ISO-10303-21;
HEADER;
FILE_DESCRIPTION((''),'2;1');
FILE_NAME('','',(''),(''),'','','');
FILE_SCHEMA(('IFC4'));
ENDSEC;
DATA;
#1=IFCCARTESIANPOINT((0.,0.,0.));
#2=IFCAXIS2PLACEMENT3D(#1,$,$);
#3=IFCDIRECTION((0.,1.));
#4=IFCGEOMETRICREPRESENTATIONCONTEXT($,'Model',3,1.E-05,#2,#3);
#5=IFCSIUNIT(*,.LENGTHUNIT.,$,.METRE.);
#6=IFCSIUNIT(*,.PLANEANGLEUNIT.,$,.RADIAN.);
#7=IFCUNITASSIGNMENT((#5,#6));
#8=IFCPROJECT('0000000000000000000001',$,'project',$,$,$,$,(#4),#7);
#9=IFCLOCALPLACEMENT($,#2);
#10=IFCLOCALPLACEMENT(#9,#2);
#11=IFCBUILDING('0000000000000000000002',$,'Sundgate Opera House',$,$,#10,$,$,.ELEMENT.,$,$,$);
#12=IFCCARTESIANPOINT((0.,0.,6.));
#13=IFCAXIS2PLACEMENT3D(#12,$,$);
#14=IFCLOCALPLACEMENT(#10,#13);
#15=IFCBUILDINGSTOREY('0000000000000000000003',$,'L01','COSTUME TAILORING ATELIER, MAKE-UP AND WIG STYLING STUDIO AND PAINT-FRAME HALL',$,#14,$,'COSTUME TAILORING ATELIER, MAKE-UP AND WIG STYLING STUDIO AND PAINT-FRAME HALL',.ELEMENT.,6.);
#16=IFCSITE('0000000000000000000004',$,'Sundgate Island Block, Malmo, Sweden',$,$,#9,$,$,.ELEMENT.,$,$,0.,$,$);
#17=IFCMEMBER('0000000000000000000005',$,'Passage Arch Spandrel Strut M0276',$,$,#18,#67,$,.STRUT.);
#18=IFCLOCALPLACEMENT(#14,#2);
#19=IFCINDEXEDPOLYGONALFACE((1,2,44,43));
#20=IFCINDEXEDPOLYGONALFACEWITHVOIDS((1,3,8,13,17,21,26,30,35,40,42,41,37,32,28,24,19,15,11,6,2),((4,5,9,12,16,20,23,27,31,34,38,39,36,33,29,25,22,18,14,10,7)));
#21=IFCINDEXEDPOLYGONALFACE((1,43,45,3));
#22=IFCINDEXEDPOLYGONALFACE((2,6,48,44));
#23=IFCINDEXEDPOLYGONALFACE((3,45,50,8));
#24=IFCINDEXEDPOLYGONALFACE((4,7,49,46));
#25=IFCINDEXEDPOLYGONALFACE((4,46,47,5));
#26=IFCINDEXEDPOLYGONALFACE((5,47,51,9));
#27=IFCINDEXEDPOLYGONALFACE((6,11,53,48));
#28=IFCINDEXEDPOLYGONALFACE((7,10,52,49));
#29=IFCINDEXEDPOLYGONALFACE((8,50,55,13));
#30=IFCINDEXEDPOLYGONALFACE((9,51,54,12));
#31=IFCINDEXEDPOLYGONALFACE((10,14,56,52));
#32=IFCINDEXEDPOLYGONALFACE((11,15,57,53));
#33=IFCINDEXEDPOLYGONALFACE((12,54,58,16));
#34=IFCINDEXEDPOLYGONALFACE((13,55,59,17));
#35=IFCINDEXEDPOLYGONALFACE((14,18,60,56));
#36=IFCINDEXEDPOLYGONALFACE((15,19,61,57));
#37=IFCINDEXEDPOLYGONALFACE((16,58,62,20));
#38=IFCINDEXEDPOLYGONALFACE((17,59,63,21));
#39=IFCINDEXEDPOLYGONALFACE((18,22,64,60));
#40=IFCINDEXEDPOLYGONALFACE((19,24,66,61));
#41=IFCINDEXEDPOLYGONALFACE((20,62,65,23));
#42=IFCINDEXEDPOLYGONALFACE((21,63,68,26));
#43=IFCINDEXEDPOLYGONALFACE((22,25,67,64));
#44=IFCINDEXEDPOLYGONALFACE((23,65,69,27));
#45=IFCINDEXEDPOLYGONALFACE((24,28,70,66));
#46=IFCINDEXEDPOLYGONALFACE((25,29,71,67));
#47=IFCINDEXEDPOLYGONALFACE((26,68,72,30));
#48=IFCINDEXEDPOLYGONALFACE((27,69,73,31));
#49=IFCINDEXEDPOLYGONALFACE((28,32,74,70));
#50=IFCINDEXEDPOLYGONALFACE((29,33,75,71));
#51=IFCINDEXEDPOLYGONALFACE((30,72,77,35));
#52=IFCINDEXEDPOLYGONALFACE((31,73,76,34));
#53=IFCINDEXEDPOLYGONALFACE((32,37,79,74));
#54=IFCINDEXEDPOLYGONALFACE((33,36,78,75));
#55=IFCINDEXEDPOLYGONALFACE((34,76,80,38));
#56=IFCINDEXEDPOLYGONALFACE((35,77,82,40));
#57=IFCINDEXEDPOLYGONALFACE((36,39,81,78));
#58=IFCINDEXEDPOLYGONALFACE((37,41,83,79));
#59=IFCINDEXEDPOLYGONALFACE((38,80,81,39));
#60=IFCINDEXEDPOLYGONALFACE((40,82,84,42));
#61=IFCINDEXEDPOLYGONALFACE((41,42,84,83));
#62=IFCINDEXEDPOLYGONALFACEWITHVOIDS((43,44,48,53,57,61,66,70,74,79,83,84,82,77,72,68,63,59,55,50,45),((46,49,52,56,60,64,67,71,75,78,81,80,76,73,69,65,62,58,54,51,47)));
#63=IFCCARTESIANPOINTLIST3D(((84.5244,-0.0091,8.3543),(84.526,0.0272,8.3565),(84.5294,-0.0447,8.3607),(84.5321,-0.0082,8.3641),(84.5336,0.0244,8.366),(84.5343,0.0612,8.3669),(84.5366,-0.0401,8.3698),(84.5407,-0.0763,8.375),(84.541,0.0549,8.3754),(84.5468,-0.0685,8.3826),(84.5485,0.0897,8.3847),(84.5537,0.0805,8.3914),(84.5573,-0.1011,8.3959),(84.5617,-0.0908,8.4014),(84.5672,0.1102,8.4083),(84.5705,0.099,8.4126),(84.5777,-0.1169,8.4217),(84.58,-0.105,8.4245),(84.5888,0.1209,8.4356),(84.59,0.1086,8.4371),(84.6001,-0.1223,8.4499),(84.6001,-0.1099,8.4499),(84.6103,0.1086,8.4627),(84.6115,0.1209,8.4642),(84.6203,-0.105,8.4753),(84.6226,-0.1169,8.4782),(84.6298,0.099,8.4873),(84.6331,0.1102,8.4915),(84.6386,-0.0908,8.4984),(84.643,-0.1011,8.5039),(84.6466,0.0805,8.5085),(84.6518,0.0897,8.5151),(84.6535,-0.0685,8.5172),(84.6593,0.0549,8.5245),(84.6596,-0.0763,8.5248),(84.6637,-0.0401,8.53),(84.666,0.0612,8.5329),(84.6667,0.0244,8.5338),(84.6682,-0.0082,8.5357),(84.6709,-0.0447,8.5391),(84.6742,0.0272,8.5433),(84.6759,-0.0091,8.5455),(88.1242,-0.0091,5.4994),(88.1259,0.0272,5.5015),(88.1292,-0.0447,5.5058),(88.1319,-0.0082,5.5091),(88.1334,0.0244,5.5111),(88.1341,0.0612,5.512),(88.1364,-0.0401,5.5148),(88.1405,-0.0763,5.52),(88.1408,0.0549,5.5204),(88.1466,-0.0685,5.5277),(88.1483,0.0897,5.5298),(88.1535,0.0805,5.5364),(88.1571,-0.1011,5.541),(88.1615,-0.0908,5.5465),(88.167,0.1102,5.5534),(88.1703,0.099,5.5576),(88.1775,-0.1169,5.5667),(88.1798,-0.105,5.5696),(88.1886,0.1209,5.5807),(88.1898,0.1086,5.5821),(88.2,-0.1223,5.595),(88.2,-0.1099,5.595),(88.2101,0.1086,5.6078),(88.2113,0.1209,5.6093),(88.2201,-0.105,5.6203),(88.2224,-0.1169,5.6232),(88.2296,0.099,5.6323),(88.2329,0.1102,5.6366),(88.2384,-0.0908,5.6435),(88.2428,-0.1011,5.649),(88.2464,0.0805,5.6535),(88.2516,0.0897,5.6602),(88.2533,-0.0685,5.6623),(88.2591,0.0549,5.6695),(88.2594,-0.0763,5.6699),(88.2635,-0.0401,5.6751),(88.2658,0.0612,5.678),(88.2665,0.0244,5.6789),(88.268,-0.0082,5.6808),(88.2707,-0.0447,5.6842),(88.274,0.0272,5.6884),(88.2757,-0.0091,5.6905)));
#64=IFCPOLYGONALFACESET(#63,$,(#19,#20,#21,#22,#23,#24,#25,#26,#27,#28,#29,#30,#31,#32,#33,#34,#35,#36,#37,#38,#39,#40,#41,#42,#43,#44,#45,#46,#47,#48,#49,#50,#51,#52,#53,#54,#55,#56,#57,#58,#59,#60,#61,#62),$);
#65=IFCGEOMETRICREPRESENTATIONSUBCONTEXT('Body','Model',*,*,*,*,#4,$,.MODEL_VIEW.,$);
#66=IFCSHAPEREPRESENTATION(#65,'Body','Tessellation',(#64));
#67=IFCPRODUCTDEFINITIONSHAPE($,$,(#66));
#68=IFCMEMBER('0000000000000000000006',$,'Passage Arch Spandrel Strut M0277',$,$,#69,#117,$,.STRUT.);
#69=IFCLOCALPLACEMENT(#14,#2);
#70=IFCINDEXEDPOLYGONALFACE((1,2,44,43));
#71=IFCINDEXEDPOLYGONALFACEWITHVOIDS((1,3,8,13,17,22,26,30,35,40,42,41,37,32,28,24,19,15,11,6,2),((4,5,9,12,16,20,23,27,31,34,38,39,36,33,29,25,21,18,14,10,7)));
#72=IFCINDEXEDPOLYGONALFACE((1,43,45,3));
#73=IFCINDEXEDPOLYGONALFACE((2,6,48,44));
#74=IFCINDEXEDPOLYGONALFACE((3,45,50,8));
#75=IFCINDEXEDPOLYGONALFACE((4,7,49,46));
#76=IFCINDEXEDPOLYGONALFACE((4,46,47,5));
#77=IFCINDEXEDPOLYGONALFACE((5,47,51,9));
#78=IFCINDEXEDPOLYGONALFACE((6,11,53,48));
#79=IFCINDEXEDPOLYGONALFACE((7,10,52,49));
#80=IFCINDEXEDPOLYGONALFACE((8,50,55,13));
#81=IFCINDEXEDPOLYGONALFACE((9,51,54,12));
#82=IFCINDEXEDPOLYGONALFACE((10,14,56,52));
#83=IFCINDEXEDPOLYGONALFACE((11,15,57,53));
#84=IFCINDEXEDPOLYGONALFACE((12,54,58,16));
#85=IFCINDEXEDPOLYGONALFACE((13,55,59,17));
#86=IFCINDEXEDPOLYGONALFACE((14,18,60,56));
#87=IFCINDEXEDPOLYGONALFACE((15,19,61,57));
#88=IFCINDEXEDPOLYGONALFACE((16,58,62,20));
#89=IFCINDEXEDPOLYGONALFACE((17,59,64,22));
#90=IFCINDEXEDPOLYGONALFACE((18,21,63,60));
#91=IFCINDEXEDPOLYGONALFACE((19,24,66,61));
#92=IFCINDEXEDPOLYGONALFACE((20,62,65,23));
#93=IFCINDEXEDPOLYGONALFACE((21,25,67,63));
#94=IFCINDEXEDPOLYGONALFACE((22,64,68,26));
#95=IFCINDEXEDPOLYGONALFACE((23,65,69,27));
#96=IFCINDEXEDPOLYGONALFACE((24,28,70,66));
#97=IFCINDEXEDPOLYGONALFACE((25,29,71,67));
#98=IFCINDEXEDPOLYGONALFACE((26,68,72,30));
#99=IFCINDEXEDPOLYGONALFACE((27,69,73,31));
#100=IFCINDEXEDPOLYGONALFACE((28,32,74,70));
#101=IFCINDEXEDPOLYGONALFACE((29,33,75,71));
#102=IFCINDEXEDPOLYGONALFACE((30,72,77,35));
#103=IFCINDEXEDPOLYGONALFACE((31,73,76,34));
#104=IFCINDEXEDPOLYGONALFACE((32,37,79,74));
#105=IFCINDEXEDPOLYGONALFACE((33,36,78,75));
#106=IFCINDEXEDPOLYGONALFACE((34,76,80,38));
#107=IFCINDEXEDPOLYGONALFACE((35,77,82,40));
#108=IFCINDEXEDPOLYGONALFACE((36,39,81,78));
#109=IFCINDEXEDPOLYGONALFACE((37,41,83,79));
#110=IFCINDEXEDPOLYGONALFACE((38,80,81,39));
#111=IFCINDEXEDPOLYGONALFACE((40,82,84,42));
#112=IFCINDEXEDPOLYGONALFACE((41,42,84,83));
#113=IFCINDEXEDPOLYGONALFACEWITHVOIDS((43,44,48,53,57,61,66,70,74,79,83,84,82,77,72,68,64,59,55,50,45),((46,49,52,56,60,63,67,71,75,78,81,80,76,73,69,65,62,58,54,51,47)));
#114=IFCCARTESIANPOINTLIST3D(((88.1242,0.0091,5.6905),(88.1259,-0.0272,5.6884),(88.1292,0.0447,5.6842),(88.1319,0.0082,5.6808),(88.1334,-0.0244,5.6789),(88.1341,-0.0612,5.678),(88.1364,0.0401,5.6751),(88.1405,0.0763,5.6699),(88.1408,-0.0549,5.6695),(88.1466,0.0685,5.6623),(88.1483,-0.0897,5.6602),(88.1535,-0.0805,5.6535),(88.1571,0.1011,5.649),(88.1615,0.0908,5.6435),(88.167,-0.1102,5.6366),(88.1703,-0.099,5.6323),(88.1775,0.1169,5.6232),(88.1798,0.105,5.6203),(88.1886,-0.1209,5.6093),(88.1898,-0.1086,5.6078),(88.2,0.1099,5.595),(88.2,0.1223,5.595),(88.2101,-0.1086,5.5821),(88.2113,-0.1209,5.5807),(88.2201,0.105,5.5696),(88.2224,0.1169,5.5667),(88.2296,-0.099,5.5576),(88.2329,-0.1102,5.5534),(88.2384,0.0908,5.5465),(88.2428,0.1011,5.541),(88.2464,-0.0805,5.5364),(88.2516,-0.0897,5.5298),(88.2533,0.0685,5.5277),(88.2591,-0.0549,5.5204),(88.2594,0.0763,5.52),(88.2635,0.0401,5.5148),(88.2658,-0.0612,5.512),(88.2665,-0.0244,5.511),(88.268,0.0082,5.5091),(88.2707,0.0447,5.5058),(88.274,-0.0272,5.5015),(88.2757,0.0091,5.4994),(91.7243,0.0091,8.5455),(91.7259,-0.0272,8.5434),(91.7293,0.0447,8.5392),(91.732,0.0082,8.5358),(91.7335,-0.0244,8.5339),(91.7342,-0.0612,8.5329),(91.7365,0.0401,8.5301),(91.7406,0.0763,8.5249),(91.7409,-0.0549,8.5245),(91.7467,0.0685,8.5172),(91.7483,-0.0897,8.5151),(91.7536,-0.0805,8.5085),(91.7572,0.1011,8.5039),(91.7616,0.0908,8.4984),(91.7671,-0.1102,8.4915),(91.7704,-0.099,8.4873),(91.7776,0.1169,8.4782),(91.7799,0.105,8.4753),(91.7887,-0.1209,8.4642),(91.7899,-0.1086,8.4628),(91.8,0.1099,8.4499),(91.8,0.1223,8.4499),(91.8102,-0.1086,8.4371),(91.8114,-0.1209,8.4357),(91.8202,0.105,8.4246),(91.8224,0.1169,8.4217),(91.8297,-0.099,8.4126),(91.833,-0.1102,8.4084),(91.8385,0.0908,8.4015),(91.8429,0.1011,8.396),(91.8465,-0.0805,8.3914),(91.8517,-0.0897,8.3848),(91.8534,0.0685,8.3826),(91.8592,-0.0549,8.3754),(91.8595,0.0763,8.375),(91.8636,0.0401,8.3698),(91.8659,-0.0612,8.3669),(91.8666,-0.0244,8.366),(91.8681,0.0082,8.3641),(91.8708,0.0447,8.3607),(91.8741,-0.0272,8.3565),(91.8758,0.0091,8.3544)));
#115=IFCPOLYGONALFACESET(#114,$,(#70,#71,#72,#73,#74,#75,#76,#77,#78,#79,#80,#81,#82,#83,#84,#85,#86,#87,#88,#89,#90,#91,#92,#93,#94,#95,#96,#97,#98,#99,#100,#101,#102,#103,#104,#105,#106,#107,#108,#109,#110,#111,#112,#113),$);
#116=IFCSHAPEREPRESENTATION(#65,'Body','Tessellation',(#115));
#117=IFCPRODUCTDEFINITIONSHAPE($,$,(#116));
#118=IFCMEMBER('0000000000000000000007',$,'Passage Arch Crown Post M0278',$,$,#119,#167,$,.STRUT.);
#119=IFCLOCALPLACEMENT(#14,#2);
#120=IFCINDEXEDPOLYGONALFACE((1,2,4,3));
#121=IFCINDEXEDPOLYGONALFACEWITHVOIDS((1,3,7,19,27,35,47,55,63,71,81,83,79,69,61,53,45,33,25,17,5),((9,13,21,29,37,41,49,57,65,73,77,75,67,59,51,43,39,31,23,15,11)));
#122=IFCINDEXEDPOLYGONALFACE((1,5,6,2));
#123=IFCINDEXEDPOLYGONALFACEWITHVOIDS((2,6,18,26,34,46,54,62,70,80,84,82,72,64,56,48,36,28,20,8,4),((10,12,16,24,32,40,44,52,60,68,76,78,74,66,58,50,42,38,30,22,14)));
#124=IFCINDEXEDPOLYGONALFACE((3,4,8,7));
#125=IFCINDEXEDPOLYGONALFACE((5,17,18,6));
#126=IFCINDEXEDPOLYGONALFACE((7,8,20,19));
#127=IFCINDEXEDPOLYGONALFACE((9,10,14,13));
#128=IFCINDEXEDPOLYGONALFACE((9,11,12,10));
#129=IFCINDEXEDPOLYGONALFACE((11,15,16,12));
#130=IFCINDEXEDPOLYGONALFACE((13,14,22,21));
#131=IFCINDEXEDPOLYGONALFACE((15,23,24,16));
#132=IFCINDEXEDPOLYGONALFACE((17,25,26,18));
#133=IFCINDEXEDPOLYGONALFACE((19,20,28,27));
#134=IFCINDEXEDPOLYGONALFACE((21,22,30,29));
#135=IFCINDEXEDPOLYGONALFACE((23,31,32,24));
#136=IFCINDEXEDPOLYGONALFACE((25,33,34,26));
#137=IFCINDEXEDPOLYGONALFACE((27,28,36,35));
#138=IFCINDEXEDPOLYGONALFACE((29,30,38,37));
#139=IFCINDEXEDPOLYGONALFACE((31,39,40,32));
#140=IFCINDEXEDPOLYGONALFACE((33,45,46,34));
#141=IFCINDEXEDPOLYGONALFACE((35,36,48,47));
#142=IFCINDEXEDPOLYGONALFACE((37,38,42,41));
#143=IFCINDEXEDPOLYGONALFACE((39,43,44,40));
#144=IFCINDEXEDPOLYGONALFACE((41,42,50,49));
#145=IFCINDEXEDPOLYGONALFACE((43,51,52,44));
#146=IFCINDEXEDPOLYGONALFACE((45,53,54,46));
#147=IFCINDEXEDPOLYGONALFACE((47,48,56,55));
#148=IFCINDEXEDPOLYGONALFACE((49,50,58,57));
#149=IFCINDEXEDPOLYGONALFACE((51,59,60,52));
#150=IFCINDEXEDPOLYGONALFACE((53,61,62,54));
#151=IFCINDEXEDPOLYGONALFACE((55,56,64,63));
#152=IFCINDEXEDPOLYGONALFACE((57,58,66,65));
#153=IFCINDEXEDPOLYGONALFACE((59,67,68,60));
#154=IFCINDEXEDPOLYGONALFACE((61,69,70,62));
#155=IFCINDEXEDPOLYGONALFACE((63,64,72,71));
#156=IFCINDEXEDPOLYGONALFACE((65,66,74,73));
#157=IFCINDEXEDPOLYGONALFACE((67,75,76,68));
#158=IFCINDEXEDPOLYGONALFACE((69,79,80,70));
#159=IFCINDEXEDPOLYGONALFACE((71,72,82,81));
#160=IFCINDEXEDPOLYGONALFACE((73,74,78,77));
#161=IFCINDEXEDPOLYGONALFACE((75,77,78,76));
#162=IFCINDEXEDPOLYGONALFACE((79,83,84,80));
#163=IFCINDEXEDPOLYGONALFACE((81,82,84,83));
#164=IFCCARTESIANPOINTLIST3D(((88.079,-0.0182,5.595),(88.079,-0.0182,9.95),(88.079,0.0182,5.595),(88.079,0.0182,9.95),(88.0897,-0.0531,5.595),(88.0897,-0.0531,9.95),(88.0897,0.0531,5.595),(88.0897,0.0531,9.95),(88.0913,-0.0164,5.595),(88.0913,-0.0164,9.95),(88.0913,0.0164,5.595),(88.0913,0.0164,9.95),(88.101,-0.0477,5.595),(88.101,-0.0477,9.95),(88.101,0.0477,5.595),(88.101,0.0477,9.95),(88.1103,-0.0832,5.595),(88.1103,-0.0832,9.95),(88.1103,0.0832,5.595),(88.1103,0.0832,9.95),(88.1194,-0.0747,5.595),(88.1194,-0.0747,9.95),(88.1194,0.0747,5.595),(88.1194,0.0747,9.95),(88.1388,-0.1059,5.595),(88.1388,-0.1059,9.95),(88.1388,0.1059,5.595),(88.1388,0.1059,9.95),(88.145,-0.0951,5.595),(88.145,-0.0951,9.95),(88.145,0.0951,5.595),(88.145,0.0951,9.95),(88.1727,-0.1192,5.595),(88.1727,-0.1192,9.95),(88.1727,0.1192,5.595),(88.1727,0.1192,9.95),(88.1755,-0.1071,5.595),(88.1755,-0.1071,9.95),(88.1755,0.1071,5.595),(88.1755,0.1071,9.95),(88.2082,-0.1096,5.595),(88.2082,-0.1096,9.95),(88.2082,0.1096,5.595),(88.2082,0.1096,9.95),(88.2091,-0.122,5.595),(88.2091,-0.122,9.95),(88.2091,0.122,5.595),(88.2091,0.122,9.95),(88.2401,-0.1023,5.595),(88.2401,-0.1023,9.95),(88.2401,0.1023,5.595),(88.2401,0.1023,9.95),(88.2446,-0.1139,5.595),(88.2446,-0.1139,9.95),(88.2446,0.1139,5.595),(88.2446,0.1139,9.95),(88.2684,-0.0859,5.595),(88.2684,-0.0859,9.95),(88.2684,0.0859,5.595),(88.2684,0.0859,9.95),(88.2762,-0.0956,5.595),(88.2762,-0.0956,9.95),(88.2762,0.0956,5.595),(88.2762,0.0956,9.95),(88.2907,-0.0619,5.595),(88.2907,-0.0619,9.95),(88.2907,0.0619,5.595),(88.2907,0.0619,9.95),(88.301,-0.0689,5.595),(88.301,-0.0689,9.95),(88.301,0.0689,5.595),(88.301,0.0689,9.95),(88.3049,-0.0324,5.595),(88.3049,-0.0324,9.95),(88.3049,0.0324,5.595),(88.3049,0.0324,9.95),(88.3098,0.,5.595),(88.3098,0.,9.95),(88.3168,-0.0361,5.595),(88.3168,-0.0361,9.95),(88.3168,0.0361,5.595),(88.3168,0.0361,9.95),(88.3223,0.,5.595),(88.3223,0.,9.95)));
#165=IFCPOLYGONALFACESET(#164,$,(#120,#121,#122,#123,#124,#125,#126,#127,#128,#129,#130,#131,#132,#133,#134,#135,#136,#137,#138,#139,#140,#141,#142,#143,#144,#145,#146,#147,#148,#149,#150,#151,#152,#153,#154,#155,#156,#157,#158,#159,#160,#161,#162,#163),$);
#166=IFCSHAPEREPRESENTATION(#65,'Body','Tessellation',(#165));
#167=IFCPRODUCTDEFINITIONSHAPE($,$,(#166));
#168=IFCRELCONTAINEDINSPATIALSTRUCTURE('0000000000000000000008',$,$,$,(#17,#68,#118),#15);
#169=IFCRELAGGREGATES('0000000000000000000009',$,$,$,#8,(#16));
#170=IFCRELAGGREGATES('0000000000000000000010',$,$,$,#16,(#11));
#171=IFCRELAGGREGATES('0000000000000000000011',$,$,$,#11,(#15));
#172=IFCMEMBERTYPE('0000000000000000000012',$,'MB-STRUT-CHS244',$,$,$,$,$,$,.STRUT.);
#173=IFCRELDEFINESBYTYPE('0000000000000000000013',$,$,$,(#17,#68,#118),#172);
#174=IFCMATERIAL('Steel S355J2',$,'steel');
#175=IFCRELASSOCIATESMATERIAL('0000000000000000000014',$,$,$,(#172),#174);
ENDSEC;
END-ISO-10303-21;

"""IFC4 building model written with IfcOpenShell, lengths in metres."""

from ifc_helpers import new_model, si_unit, direction, frame, origin, origin_2d, place, context, subcontext, project, spatial, hollow_circle, extrude, material, material_profile, profile_set, type_object, element, save


model = new_model("IFC4")

# Units and contexts
model_context = context("Model", 3, precision=1e-05, world=origin(), true_north=direction((0.0, 1.0)))
body_context = subcontext(model_context, "Body", "Model", "MODEL_VIEW")
ifc_project = project(units=[si_unit("LENGTHUNIT", "METRE"), si_unit("PLANEANGLEUNIT", "RADIAN")], contexts=[model_context])

# Site, building, storey
site_placement = place(None, origin())
site = spatial("IfcSite", under=ifc_project, at=site_placement, Name="Sundgate Island Block, Malmo, Sweden", CompositionType="ELEMENT", RefElevation=0.0)
building_placement = place(site_placement, origin())
building = spatial("IfcBuilding", under=site, at=building_placement, Name="Sundgate Opera House", CompositionType="ELEMENT")
storey_placement = place(building_placement, frame((0.0, 0.0, 6.0)))
storey = spatial("IfcBuildingStorey", under=building, at=storey_placement, Name="L01", Description="COSTUME TAILORING ATELIER, MAKE-UP AND WIG STYLING STUDIO AND PAINT-FRAME HALL", LongName="COSTUME TAILORING ATELIER, MAKE-UP AND WIG STYLING STUDIO AND PAINT-FRAME HALL", CompositionType="ELEMENT", Elevation=6.0)

# Members
ifc_material_1 = material(Name="Steel S355J2", Category="steel")
ifc_material_profile_1 = material_profile(ifc_material_1, hollow_circle(Radius=0.1223, WallThickness=0.0125, at=origin_2d()), Name="CHS 244.5x12.5")
ifc_profile_set_1 = profile_set([ifc_material_profile_1], Name="Steel S355J2")
member_type = type_object("IfcMemberType", Name="MB-STRUT-CHS244", PredefinedType="STRUT", material=ifc_profile_set_1)
member_1_placement = place(storey_placement, frame((88.2, 0.0, 5.595), z_axis=(-0.783506, 0.0, 0.621385), x_axis=(0.0, -1.0, 0.0)))
element("IfcMember", 1, at=member_1_placement, inside=storey, type_object=member_type, Name="Passage Arch Spandrel Strut M0276", PredefinedType="STRUT", context=body_context, shape_type="SweptSolid", body=[
    extrude(hollow_circle(Radius=0.1223, WallThickness=0.0125, at=origin_2d()), origin(), (0.0, 0.0, 1.0), 4.5945),
])
member_2_placement = place(storey_placement, frame((88.2, 0.0, 5.595), z_axis=(0.783526, 0.0, 0.621359), x_axis=(0.0, 1.0, 0.0)))
element("IfcMember", 2, at=member_2_placement, inside=storey, type_object=member_type, Name="Passage Arch Spandrel Strut M0277", PredefinedType="STRUT", context=body_context, shape_type="SweptSolid", body=[
    extrude(hollow_circle(Radius=0.1223, WallThickness=0.0125, at=origin_2d()), origin(), (0.0, 0.0, 1.0), 4.5947),
])
member_3_placement = place(storey_placement, frame((88.2, 0.0, 5.595), z_axis=(0.0, 0.0, 1.0), x_axis=(1.0, 0.0, 0.0)))
element("IfcMember", 3, at=member_3_placement, inside=storey, type_object=member_type, Name="Passage Arch Crown Post M0278", PredefinedType="STRUT", context=body_context, shape_type="SweptSolid", body=[
    extrude(hollow_circle(Radius=0.1223, WallThickness=0.0125, at=origin_2d()), origin(), (0.0, 0.0, 1.0), 4.355),
])

save(model, "model.ifc")
